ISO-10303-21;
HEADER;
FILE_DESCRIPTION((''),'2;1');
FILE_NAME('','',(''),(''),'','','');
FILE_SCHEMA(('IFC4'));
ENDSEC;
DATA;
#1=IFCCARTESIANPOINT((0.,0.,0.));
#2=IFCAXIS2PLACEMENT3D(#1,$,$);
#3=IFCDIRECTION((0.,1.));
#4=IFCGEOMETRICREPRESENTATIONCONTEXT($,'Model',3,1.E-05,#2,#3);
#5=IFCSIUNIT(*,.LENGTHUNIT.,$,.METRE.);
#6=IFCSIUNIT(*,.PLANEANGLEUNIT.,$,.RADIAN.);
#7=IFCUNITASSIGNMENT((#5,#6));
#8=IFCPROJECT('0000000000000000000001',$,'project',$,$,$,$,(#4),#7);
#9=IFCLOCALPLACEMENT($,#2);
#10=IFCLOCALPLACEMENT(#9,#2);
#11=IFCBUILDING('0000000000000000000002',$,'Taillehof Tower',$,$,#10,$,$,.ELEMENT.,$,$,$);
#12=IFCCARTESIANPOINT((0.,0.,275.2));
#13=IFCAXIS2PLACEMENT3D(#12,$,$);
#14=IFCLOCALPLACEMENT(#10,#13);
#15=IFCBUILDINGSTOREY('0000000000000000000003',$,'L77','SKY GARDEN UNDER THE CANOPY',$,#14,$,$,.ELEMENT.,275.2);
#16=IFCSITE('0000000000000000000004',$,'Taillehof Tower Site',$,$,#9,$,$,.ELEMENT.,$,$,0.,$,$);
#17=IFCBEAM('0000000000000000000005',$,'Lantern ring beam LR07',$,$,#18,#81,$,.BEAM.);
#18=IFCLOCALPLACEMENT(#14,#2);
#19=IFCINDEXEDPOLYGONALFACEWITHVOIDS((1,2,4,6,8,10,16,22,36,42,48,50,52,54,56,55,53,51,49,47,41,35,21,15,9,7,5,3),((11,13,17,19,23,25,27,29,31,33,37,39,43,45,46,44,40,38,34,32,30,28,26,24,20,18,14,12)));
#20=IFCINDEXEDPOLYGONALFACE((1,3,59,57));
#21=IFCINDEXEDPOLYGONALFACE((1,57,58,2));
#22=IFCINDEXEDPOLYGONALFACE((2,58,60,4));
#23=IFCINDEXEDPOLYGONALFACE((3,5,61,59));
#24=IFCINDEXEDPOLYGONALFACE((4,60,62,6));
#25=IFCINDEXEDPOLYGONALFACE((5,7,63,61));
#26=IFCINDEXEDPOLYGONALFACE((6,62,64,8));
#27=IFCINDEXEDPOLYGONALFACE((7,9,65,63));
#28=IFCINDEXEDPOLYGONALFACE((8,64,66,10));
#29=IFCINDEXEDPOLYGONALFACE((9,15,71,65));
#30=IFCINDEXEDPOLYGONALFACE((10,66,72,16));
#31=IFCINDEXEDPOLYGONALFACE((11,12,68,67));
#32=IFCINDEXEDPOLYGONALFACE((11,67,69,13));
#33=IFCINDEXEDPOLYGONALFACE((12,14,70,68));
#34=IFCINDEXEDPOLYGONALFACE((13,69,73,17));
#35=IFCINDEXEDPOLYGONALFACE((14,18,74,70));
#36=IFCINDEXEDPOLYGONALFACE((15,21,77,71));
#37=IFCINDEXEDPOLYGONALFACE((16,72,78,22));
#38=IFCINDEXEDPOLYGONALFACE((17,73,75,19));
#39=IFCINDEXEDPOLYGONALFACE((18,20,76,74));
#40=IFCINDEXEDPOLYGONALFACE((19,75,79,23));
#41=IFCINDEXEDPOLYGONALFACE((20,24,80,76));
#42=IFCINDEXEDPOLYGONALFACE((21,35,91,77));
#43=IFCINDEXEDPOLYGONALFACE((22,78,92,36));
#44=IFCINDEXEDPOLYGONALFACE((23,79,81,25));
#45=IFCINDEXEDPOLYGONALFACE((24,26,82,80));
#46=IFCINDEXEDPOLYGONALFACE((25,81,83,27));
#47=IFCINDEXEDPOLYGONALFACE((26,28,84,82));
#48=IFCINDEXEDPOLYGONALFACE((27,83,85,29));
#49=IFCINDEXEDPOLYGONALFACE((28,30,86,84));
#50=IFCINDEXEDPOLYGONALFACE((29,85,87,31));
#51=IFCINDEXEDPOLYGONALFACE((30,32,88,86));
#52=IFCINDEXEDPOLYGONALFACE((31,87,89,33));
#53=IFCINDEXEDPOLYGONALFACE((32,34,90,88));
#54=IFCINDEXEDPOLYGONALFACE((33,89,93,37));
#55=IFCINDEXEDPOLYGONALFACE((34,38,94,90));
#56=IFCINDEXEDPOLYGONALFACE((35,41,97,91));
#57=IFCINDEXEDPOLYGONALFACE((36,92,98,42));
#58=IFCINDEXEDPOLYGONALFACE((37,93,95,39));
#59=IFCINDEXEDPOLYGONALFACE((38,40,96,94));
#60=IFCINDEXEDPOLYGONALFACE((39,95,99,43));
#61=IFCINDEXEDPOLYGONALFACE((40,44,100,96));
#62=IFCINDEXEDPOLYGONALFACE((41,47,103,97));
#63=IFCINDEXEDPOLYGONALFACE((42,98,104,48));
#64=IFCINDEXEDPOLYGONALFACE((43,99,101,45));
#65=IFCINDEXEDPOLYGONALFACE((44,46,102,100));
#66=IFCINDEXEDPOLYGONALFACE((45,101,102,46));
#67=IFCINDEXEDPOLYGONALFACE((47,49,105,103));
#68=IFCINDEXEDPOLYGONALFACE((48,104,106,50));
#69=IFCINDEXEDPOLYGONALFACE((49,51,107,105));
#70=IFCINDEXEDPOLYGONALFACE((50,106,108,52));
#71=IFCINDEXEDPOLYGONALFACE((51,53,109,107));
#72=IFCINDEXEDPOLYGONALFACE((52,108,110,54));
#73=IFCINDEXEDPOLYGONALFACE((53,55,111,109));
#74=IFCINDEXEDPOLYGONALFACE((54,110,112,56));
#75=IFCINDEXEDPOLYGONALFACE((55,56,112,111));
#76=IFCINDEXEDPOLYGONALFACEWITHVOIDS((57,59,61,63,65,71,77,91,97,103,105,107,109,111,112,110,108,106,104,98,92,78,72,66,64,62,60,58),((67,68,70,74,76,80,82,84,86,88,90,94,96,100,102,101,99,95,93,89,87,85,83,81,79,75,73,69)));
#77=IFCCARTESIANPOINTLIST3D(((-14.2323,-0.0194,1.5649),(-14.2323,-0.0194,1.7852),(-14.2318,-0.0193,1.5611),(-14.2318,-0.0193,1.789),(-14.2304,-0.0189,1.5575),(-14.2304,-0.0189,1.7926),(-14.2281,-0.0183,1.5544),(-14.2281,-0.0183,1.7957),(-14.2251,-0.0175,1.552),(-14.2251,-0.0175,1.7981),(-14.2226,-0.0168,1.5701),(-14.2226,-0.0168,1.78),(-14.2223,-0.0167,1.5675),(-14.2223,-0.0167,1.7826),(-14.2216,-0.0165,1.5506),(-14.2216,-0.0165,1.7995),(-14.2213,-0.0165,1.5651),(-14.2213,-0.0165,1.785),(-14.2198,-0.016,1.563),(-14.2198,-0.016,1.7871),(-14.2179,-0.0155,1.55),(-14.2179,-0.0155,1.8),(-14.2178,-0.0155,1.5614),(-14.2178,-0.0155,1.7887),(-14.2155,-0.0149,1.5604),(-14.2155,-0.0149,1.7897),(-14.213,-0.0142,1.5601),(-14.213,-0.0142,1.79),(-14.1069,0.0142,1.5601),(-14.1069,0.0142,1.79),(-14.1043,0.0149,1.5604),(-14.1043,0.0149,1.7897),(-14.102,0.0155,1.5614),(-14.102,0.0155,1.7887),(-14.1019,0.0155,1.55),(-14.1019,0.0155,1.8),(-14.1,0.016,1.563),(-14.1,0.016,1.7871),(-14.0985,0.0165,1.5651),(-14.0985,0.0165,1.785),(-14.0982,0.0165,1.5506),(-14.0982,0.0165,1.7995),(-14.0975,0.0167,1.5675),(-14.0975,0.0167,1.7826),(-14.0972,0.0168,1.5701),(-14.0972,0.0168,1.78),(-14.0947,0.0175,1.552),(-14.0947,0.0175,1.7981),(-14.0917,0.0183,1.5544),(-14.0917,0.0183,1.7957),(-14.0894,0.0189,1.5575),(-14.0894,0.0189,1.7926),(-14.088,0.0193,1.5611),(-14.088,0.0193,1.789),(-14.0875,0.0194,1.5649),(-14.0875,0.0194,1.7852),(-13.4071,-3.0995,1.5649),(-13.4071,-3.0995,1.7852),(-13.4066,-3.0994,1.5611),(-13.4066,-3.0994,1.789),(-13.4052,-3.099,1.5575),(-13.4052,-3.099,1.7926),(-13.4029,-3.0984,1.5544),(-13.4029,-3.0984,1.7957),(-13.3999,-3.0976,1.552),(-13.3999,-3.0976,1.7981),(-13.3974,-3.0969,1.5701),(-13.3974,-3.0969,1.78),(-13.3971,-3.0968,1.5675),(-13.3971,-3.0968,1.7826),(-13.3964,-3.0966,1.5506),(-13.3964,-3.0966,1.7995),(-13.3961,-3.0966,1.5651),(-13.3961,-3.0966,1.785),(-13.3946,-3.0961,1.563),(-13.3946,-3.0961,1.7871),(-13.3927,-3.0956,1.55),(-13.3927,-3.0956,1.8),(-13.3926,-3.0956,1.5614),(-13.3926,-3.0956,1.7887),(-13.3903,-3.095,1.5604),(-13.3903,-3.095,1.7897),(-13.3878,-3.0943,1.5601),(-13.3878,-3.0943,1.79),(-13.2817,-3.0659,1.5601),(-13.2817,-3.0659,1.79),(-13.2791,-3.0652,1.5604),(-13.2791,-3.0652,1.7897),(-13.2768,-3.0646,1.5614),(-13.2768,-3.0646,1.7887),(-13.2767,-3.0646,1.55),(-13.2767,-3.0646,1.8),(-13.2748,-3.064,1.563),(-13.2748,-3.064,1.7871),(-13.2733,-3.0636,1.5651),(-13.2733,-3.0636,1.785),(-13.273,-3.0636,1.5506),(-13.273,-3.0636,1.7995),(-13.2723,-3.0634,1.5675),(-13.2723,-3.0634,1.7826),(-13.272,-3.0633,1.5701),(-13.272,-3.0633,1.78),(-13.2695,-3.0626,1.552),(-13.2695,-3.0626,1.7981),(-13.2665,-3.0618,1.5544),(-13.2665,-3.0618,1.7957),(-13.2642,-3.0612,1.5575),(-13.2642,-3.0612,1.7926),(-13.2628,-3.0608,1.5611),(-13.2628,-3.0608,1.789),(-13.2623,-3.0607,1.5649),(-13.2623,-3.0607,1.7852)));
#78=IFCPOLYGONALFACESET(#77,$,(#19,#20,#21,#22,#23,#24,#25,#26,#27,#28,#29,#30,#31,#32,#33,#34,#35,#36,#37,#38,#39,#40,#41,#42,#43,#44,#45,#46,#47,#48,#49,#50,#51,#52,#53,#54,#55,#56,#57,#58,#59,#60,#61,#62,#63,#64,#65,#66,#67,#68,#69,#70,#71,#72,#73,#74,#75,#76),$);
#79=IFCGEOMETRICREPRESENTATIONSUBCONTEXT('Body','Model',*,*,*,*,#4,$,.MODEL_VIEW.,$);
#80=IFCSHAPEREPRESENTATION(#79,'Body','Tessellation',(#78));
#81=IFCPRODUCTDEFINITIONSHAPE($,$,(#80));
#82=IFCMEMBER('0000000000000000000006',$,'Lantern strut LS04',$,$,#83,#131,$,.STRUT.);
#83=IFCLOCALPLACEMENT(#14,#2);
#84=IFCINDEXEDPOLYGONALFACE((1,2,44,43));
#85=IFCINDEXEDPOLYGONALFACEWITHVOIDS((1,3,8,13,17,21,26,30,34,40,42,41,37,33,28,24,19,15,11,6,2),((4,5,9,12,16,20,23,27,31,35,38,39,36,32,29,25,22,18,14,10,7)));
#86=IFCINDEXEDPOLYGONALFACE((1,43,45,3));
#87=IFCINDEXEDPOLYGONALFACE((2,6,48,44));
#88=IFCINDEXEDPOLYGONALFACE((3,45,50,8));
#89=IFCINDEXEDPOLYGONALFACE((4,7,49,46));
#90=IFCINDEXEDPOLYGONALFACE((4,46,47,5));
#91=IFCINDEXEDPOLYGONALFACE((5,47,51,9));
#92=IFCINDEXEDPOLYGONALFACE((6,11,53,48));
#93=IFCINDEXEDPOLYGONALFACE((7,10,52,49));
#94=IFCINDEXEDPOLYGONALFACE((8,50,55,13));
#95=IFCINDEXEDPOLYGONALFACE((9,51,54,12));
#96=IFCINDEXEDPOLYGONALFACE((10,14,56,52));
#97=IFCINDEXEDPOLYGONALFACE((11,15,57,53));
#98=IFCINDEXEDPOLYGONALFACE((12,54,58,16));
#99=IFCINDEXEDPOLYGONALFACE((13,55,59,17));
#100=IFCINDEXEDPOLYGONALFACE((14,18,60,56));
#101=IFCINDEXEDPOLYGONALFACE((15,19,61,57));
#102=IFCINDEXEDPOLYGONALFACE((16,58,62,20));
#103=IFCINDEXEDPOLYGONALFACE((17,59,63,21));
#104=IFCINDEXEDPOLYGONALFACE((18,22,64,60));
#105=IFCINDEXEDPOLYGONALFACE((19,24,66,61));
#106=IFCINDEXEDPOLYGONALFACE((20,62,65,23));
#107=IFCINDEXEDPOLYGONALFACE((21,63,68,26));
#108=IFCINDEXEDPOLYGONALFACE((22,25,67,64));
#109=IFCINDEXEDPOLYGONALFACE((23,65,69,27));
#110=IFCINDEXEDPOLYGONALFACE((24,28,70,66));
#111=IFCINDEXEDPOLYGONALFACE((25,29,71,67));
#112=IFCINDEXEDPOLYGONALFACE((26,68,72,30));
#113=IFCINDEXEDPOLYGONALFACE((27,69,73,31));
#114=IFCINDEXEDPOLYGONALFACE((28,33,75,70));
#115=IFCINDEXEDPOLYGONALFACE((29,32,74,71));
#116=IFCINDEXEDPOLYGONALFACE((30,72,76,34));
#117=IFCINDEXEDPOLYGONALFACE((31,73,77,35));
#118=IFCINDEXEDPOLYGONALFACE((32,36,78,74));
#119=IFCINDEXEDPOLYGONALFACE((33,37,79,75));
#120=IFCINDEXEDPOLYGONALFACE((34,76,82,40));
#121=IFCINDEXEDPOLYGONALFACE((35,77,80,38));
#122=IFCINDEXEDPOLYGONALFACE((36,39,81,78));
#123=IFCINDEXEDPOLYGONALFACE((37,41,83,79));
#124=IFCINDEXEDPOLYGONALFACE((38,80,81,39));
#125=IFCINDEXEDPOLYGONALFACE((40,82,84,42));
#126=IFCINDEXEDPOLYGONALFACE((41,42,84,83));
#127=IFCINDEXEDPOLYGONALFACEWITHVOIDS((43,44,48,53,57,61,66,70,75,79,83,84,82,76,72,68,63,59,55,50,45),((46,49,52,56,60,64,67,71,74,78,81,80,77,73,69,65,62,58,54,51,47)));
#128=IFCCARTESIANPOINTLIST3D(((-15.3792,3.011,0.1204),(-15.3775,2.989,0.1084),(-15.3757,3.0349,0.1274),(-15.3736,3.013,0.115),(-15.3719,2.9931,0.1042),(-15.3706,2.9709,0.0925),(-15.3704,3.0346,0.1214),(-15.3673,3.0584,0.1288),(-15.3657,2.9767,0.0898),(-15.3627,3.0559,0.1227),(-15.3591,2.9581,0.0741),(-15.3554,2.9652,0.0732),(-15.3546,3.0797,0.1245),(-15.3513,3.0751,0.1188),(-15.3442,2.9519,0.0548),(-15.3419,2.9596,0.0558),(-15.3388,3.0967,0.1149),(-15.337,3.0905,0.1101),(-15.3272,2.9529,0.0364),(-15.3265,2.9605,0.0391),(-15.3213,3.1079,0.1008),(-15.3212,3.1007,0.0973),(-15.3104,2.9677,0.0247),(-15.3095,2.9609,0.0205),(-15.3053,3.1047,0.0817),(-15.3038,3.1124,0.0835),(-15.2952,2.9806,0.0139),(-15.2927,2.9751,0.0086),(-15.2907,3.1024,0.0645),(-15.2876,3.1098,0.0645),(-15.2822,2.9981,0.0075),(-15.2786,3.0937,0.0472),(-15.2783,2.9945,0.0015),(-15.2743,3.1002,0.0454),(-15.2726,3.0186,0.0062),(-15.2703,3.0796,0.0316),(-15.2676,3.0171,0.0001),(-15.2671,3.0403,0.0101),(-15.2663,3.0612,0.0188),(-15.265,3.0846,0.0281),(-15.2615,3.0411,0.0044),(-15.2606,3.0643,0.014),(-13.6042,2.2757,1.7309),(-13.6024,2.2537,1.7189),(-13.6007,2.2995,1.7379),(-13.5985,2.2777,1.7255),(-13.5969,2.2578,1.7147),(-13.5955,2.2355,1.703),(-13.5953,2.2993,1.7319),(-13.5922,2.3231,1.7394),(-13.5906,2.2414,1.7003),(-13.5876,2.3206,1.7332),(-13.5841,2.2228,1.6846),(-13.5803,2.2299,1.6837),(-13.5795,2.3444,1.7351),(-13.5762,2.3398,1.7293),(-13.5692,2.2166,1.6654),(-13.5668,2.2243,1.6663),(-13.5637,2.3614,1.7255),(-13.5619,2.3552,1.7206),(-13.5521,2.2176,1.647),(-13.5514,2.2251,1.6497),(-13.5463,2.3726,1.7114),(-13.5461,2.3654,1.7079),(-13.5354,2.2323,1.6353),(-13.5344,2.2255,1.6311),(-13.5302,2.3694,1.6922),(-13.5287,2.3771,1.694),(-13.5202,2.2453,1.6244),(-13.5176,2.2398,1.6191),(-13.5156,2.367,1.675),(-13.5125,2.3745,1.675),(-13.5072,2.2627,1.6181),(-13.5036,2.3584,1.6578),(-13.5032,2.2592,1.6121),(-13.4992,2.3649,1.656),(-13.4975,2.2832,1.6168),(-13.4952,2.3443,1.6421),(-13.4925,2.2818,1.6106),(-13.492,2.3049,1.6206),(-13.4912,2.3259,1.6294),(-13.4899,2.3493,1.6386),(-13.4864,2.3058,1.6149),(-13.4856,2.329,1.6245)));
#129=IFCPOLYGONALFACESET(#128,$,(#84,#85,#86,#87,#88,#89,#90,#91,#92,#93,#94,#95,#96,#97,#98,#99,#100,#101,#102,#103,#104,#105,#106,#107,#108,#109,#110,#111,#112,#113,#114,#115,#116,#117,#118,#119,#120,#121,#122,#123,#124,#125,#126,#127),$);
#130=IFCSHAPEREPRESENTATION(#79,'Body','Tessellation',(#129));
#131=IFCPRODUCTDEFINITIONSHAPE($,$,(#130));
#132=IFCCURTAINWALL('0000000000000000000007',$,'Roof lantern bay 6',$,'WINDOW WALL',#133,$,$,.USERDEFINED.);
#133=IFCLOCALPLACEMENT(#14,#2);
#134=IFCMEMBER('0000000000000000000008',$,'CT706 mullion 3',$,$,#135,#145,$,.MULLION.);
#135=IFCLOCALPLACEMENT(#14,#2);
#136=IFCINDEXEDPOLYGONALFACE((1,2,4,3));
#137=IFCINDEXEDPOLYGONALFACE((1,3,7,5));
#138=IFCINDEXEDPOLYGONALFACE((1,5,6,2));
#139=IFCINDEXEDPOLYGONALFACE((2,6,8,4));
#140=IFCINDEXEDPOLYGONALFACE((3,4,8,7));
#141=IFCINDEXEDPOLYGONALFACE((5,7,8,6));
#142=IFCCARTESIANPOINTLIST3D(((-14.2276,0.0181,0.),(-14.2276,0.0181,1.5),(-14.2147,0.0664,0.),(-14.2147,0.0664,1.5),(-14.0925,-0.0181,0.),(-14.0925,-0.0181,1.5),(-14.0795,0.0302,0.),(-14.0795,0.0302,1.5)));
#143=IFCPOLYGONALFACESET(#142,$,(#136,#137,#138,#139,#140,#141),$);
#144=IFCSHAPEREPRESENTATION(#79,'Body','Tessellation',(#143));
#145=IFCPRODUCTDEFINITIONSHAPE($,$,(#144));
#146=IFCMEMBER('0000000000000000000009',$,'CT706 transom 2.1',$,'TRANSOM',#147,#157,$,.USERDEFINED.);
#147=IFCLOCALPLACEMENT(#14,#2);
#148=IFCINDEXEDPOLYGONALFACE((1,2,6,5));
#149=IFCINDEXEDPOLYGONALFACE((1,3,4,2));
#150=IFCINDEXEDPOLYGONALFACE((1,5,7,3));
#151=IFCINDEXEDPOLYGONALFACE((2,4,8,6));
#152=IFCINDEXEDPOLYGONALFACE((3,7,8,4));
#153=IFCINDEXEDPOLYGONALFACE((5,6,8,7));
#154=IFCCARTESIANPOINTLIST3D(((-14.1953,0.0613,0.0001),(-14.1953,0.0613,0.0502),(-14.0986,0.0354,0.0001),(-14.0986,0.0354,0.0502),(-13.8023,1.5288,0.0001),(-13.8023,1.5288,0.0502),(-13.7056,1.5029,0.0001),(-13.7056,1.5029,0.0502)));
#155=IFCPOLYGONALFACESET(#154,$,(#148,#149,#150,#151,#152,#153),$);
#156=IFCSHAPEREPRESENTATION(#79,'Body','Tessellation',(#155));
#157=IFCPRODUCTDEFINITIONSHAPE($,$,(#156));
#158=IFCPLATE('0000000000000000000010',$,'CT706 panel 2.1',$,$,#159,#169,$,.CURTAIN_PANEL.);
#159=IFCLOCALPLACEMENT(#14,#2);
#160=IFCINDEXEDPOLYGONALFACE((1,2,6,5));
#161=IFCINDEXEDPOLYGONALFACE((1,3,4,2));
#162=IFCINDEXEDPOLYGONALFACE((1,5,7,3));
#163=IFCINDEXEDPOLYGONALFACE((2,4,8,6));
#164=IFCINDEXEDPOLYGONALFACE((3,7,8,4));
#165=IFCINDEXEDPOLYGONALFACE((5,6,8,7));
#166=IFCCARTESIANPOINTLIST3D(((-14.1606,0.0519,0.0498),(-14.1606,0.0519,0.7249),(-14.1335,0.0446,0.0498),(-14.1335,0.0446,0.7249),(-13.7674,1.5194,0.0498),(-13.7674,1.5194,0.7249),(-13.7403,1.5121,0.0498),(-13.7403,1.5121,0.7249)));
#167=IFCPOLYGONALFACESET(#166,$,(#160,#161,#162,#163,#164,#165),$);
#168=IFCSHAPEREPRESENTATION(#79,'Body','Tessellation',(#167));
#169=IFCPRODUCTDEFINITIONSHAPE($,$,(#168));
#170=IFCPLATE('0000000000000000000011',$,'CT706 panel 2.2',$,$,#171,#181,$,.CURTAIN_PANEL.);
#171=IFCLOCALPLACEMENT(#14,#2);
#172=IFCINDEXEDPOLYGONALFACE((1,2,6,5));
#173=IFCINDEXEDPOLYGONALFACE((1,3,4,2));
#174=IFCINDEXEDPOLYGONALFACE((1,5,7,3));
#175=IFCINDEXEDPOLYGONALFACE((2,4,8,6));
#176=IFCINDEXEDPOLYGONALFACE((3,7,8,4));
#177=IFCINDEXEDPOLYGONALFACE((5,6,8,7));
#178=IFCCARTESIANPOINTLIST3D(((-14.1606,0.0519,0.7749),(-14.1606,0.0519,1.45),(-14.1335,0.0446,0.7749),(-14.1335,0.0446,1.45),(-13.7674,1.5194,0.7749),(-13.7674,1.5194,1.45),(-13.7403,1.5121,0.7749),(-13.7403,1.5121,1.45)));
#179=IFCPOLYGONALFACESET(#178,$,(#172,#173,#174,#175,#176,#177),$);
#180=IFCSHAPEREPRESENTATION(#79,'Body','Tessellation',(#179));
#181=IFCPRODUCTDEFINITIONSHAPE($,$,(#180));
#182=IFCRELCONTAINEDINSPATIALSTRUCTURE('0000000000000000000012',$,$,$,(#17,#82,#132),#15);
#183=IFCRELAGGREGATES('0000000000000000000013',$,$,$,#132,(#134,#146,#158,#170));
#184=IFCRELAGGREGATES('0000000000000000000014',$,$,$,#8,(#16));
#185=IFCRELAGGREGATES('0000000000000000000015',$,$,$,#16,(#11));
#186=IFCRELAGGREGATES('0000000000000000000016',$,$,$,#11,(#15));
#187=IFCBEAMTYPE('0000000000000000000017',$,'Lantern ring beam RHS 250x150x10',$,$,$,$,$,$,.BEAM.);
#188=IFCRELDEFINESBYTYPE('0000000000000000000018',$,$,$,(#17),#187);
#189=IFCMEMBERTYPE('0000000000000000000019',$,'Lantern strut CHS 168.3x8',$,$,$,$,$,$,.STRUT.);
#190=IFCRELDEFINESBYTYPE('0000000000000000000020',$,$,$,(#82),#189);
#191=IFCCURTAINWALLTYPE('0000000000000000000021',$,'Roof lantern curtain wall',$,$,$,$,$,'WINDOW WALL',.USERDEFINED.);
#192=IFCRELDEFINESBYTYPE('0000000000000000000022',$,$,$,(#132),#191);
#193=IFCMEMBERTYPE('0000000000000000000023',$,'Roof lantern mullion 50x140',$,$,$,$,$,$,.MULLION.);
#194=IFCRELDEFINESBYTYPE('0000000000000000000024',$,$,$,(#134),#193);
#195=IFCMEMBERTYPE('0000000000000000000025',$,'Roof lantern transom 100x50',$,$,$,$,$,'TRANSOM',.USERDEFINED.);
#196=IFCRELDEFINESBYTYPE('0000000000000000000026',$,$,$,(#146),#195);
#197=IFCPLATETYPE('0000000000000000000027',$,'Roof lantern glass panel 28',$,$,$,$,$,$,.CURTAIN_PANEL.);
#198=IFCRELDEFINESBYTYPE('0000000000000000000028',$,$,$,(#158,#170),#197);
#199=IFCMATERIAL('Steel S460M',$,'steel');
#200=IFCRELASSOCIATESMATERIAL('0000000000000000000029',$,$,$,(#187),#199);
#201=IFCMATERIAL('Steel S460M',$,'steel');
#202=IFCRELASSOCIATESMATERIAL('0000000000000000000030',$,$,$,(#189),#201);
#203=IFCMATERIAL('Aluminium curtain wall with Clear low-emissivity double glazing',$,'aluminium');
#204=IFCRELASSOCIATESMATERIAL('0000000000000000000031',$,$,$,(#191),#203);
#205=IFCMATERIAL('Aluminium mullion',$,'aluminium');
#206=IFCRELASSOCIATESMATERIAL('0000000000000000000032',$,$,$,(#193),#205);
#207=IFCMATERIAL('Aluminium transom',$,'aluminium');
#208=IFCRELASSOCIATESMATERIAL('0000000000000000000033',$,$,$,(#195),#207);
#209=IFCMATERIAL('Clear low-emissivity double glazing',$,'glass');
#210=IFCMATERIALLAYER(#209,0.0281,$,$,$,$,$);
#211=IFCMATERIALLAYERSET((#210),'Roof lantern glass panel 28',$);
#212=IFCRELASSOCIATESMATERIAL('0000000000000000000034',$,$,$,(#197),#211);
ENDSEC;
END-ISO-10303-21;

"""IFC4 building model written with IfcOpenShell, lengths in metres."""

from ifc_helpers import new_model, si_unit, direction, frame, origin, origin_2d, place, context, subcontext, project, spatial, rectangle, hollow_rectangle, hollow_circle, extrude, material, layer, layer_set, material_profile, profile_set, type_object, element, aggregate, save


model = new_model("IFC4")

# Units and contexts
model_context = context("Model", 3, precision=1e-05, world=origin(), true_north=direction((0.0, 1.0)))
body_context = subcontext(model_context, "Body", "Model", "MODEL_VIEW")
ifc_project = project(units=[si_unit("LENGTHUNIT", "METRE"), si_unit("PLANEANGLEUNIT", "RADIAN")], contexts=[model_context])

# Site, building, storey
site_placement = place(None, origin())
site = spatial("IfcSite", under=ifc_project, at=site_placement, Name="Taillehof Tower Site", CompositionType="ELEMENT", RefElevation=0.0)
building_placement = place(site_placement, origin())
building = spatial("IfcBuilding", under=site, at=building_placement, Name="Taillehof Tower", CompositionType="ELEMENT")
storey_placement = place(building_placement, frame((0.0, 0.0, 275.2)))
storey = spatial("IfcBuildingStorey", under=building, at=storey_placement, Name="L77", Description="SKY GARDEN UNDER THE CANOPY", CompositionType="ELEMENT", Elevation=275.2)

# Beam
ifc_material_1 = material(Name="Steel S460M", Category="steel")
ifc_material_profile_1 = material_profile(ifc_material_1, hollow_rectangle(XDim=0.1499, YDim=0.25, WallThickness=0.01, InnerFilletRadius=0.01, OuterFilletRadius=0.0149, at=origin_2d()), Name="RHS 250x150x10")
ifc_profile_set_1 = profile_set([ifc_material_profile_1], Name="Steel S460M")
beam_type_1 = type_object("IfcBeamType", Name="Lantern ring beam RHS 250x150x10", PredefinedType="BEAM", material=ifc_profile_set_1)
beam_1_placement = place(storey_placement, frame((-14.1599, 0.0, 1.675), z_axis=(0.258787, -0.965934, 0.0), x_axis=(0.965934, 0.258787, 0.0)))
element("IfcBeam", 1, at=beam_1_placement, inside=storey, type_object=beam_type_1, Name="Lantern ring beam LR07", PredefinedType="BEAM", context=body_context, shape_type="SweptSolid", body=[
    extrude(hollow_rectangle(XDim=0.1499, YDim=0.25, WallThickness=0.01, InnerFilletRadius=0.01, OuterFilletRadius=0.0149, at=origin_2d()), origin(), (0.0, 0.0, 1.0), 3.1887),
])

# Member
ifc_material_2 = material(Name="Steel S460M", Category="steel")
ifc_material_profile_2 = material_profile(ifc_material_2, hollow_circle(Radius=0.0842, WallThickness=0.0081, at=origin_2d()), Name="CHS 168.3x8")
ifc_profile_set_2 = profile_set([ifc_material_profile_2], Name="Steel S460M")
member_type_1 = type_object("IfcMemberType", Name="Lantern strut CHS 168.3x8", PredefinedType="STRUT", material=ifc_profile_set_2)
member_1_placement = place(storey_placement, frame((-15.3198, 3.032, 0.0645), z_axis=(0.708028, -0.293299, 0.642396), x_axis=(0.382711, 0.923868, 0.0)))
element("IfcMember", 2, at=member_1_placement, inside=storey, type_object=member_type_1, Name="Lantern strut LS04", PredefinedType="STRUT", context=body_context, shape_type="SweptSolid", body=[
    extrude(hollow_circle(Radius=0.0842, WallThickness=0.0081, at=origin_2d()), origin(), (0.0, 0.0, 1.0), 2.5071),
])

# Curtain wall, members, plates
ifc_material_3 = material(Name="Aluminium curtain wall with Clear low-emissivity double glazing", Category="aluminium")
curtain_wall_type = type_object("IfcCurtainWallType", Name="Roof lantern curtain wall", ElementType="WINDOW WALL", PredefinedType="USERDEFINED", material=ifc_material_3)
curtain_wall_placement = place(storey_placement, origin())
curtain_wall = element("IfcCurtainWall", 3, at=curtain_wall_placement, inside=storey, type_object=curtain_wall_type, Name="Roof lantern bay 6", ObjectType="WINDOW WALL", PredefinedType="USERDEFINED")
ifc_material_4 = material(Name="Aluminium mullion", Category="aluminium")
ifc_material_profile_3 = material_profile(ifc_material_4, rectangle(XDim=0.1399, YDim=0.05, at=origin_2d()), Name="AL 50x140")
ifc_profile_set_3 = profile_set([ifc_material_profile_3], Name="Aluminium mullion")
member_type_2 = type_object("IfcMemberType", Name="Roof lantern mullion 50x140", PredefinedType="MULLION", material=ifc_profile_set_3)
member_2_placement = place(storey_placement, frame((-14.1536, 0.0242, 0.0), z_axis=(0.0, 0.0, 1.0), x_axis=(0.965926, -0.258819, 0.0)))
member_2 = element("IfcMember", 4, at=member_2_placement, type_object=member_type_2, Name="CT706 mullion 3", PredefinedType="MULLION", context=body_context, shape_type="SweptSolid", body=[
    extrude(rectangle(XDim=0.1399, YDim=0.05, at=origin_2d()), origin(), (0.0, 0.0, 1.0), 1.5),
])
ifc_material_5 = material(Name="Aluminium transom", Category="aluminium")
ifc_material_profile_4 = material_profile(ifc_material_5, rectangle(XDim=0.1001, YDim=0.05, at=origin_2d()), Name="AL 100x50")
ifc_profile_set_4 = profile_set([ifc_material_profile_4], Name="Aluminium transom")
member_type_3 = type_object("IfcMemberType", Name="Roof lantern transom 100x50", ElementType="TRANSOM", PredefinedType="USERDEFINED", material=ifc_profile_set_4)
member_3_placement = place(storey_placement, frame((-13.7539, 1.5159, 0.0251), z_axis=(-0.258723, -0.965952, 0.0), x_axis=(0.965952, -0.258723, 0.0)))
member_3 = element("IfcMember", 5, at=member_3_placement, type_object=member_type_3, Name="CT706 transom 2.1", ObjectType="TRANSOM", PredefinedType="USERDEFINED", context=body_context, shape_type="SweptSolid", body=[
    extrude(rectangle(XDim=0.1001, YDim=0.05, at=origin_2d()), origin(), (0.0, 0.0, 1.0), 1.5193),
])
ifc_material_6 = material(Name="Clear low-emissivity double glazing", Category="glass")
ifc_layer_1 = layer(ifc_material_6, 0.0281)
ifc_layer_set_1 = layer_set([ifc_layer_1], Name="Roof lantern glass panel 28")
plate_type = type_object("IfcPlateType", Name="Roof lantern glass panel 28", PredefinedType="CURTAIN_PANEL", material=ifc_layer_set_1)
plate_1_placement = place(storey_placement, frame((-13.9504, 0.782, 0.0498), z_axis=(0.0, 0.0, 1.0), x_axis=(-0.258819, -0.965926, 0.0)))
plate_1 = element("IfcPlate", 6, at=plate_1_placement, type_object=plate_type, Name="CT706 panel 2.1", PredefinedType="CURTAIN_PANEL", context=body_context, shape_type="SweptSolid", body=[
    extrude(rectangle(XDim=1.5193, YDim=0.0281, at=origin_2d()), origin(), (0.0, 0.0, 1.0), 0.675),
])
plate_2_placement = place(storey_placement, frame((-13.9504, 0.782, 0.7749), z_axis=(0.0, 0.0, 1.0), x_axis=(-0.258819, -0.965926, 0.0)))
plate_2 = element("IfcPlate", 7, at=plate_2_placement, type_object=plate_type, Name="CT706 panel 2.2", PredefinedType="CURTAIN_PANEL", context=body_context, shape_type="SweptSolid", body=[
    extrude(rectangle(XDim=1.5193, YDim=0.0281, at=origin_2d()), origin(), (0.0, 0.0, 1.0), 0.675),
])
aggregate(curtain_wall, [member_2, member_3, plate_1, plate_2])

save(model, "model.ifc")
